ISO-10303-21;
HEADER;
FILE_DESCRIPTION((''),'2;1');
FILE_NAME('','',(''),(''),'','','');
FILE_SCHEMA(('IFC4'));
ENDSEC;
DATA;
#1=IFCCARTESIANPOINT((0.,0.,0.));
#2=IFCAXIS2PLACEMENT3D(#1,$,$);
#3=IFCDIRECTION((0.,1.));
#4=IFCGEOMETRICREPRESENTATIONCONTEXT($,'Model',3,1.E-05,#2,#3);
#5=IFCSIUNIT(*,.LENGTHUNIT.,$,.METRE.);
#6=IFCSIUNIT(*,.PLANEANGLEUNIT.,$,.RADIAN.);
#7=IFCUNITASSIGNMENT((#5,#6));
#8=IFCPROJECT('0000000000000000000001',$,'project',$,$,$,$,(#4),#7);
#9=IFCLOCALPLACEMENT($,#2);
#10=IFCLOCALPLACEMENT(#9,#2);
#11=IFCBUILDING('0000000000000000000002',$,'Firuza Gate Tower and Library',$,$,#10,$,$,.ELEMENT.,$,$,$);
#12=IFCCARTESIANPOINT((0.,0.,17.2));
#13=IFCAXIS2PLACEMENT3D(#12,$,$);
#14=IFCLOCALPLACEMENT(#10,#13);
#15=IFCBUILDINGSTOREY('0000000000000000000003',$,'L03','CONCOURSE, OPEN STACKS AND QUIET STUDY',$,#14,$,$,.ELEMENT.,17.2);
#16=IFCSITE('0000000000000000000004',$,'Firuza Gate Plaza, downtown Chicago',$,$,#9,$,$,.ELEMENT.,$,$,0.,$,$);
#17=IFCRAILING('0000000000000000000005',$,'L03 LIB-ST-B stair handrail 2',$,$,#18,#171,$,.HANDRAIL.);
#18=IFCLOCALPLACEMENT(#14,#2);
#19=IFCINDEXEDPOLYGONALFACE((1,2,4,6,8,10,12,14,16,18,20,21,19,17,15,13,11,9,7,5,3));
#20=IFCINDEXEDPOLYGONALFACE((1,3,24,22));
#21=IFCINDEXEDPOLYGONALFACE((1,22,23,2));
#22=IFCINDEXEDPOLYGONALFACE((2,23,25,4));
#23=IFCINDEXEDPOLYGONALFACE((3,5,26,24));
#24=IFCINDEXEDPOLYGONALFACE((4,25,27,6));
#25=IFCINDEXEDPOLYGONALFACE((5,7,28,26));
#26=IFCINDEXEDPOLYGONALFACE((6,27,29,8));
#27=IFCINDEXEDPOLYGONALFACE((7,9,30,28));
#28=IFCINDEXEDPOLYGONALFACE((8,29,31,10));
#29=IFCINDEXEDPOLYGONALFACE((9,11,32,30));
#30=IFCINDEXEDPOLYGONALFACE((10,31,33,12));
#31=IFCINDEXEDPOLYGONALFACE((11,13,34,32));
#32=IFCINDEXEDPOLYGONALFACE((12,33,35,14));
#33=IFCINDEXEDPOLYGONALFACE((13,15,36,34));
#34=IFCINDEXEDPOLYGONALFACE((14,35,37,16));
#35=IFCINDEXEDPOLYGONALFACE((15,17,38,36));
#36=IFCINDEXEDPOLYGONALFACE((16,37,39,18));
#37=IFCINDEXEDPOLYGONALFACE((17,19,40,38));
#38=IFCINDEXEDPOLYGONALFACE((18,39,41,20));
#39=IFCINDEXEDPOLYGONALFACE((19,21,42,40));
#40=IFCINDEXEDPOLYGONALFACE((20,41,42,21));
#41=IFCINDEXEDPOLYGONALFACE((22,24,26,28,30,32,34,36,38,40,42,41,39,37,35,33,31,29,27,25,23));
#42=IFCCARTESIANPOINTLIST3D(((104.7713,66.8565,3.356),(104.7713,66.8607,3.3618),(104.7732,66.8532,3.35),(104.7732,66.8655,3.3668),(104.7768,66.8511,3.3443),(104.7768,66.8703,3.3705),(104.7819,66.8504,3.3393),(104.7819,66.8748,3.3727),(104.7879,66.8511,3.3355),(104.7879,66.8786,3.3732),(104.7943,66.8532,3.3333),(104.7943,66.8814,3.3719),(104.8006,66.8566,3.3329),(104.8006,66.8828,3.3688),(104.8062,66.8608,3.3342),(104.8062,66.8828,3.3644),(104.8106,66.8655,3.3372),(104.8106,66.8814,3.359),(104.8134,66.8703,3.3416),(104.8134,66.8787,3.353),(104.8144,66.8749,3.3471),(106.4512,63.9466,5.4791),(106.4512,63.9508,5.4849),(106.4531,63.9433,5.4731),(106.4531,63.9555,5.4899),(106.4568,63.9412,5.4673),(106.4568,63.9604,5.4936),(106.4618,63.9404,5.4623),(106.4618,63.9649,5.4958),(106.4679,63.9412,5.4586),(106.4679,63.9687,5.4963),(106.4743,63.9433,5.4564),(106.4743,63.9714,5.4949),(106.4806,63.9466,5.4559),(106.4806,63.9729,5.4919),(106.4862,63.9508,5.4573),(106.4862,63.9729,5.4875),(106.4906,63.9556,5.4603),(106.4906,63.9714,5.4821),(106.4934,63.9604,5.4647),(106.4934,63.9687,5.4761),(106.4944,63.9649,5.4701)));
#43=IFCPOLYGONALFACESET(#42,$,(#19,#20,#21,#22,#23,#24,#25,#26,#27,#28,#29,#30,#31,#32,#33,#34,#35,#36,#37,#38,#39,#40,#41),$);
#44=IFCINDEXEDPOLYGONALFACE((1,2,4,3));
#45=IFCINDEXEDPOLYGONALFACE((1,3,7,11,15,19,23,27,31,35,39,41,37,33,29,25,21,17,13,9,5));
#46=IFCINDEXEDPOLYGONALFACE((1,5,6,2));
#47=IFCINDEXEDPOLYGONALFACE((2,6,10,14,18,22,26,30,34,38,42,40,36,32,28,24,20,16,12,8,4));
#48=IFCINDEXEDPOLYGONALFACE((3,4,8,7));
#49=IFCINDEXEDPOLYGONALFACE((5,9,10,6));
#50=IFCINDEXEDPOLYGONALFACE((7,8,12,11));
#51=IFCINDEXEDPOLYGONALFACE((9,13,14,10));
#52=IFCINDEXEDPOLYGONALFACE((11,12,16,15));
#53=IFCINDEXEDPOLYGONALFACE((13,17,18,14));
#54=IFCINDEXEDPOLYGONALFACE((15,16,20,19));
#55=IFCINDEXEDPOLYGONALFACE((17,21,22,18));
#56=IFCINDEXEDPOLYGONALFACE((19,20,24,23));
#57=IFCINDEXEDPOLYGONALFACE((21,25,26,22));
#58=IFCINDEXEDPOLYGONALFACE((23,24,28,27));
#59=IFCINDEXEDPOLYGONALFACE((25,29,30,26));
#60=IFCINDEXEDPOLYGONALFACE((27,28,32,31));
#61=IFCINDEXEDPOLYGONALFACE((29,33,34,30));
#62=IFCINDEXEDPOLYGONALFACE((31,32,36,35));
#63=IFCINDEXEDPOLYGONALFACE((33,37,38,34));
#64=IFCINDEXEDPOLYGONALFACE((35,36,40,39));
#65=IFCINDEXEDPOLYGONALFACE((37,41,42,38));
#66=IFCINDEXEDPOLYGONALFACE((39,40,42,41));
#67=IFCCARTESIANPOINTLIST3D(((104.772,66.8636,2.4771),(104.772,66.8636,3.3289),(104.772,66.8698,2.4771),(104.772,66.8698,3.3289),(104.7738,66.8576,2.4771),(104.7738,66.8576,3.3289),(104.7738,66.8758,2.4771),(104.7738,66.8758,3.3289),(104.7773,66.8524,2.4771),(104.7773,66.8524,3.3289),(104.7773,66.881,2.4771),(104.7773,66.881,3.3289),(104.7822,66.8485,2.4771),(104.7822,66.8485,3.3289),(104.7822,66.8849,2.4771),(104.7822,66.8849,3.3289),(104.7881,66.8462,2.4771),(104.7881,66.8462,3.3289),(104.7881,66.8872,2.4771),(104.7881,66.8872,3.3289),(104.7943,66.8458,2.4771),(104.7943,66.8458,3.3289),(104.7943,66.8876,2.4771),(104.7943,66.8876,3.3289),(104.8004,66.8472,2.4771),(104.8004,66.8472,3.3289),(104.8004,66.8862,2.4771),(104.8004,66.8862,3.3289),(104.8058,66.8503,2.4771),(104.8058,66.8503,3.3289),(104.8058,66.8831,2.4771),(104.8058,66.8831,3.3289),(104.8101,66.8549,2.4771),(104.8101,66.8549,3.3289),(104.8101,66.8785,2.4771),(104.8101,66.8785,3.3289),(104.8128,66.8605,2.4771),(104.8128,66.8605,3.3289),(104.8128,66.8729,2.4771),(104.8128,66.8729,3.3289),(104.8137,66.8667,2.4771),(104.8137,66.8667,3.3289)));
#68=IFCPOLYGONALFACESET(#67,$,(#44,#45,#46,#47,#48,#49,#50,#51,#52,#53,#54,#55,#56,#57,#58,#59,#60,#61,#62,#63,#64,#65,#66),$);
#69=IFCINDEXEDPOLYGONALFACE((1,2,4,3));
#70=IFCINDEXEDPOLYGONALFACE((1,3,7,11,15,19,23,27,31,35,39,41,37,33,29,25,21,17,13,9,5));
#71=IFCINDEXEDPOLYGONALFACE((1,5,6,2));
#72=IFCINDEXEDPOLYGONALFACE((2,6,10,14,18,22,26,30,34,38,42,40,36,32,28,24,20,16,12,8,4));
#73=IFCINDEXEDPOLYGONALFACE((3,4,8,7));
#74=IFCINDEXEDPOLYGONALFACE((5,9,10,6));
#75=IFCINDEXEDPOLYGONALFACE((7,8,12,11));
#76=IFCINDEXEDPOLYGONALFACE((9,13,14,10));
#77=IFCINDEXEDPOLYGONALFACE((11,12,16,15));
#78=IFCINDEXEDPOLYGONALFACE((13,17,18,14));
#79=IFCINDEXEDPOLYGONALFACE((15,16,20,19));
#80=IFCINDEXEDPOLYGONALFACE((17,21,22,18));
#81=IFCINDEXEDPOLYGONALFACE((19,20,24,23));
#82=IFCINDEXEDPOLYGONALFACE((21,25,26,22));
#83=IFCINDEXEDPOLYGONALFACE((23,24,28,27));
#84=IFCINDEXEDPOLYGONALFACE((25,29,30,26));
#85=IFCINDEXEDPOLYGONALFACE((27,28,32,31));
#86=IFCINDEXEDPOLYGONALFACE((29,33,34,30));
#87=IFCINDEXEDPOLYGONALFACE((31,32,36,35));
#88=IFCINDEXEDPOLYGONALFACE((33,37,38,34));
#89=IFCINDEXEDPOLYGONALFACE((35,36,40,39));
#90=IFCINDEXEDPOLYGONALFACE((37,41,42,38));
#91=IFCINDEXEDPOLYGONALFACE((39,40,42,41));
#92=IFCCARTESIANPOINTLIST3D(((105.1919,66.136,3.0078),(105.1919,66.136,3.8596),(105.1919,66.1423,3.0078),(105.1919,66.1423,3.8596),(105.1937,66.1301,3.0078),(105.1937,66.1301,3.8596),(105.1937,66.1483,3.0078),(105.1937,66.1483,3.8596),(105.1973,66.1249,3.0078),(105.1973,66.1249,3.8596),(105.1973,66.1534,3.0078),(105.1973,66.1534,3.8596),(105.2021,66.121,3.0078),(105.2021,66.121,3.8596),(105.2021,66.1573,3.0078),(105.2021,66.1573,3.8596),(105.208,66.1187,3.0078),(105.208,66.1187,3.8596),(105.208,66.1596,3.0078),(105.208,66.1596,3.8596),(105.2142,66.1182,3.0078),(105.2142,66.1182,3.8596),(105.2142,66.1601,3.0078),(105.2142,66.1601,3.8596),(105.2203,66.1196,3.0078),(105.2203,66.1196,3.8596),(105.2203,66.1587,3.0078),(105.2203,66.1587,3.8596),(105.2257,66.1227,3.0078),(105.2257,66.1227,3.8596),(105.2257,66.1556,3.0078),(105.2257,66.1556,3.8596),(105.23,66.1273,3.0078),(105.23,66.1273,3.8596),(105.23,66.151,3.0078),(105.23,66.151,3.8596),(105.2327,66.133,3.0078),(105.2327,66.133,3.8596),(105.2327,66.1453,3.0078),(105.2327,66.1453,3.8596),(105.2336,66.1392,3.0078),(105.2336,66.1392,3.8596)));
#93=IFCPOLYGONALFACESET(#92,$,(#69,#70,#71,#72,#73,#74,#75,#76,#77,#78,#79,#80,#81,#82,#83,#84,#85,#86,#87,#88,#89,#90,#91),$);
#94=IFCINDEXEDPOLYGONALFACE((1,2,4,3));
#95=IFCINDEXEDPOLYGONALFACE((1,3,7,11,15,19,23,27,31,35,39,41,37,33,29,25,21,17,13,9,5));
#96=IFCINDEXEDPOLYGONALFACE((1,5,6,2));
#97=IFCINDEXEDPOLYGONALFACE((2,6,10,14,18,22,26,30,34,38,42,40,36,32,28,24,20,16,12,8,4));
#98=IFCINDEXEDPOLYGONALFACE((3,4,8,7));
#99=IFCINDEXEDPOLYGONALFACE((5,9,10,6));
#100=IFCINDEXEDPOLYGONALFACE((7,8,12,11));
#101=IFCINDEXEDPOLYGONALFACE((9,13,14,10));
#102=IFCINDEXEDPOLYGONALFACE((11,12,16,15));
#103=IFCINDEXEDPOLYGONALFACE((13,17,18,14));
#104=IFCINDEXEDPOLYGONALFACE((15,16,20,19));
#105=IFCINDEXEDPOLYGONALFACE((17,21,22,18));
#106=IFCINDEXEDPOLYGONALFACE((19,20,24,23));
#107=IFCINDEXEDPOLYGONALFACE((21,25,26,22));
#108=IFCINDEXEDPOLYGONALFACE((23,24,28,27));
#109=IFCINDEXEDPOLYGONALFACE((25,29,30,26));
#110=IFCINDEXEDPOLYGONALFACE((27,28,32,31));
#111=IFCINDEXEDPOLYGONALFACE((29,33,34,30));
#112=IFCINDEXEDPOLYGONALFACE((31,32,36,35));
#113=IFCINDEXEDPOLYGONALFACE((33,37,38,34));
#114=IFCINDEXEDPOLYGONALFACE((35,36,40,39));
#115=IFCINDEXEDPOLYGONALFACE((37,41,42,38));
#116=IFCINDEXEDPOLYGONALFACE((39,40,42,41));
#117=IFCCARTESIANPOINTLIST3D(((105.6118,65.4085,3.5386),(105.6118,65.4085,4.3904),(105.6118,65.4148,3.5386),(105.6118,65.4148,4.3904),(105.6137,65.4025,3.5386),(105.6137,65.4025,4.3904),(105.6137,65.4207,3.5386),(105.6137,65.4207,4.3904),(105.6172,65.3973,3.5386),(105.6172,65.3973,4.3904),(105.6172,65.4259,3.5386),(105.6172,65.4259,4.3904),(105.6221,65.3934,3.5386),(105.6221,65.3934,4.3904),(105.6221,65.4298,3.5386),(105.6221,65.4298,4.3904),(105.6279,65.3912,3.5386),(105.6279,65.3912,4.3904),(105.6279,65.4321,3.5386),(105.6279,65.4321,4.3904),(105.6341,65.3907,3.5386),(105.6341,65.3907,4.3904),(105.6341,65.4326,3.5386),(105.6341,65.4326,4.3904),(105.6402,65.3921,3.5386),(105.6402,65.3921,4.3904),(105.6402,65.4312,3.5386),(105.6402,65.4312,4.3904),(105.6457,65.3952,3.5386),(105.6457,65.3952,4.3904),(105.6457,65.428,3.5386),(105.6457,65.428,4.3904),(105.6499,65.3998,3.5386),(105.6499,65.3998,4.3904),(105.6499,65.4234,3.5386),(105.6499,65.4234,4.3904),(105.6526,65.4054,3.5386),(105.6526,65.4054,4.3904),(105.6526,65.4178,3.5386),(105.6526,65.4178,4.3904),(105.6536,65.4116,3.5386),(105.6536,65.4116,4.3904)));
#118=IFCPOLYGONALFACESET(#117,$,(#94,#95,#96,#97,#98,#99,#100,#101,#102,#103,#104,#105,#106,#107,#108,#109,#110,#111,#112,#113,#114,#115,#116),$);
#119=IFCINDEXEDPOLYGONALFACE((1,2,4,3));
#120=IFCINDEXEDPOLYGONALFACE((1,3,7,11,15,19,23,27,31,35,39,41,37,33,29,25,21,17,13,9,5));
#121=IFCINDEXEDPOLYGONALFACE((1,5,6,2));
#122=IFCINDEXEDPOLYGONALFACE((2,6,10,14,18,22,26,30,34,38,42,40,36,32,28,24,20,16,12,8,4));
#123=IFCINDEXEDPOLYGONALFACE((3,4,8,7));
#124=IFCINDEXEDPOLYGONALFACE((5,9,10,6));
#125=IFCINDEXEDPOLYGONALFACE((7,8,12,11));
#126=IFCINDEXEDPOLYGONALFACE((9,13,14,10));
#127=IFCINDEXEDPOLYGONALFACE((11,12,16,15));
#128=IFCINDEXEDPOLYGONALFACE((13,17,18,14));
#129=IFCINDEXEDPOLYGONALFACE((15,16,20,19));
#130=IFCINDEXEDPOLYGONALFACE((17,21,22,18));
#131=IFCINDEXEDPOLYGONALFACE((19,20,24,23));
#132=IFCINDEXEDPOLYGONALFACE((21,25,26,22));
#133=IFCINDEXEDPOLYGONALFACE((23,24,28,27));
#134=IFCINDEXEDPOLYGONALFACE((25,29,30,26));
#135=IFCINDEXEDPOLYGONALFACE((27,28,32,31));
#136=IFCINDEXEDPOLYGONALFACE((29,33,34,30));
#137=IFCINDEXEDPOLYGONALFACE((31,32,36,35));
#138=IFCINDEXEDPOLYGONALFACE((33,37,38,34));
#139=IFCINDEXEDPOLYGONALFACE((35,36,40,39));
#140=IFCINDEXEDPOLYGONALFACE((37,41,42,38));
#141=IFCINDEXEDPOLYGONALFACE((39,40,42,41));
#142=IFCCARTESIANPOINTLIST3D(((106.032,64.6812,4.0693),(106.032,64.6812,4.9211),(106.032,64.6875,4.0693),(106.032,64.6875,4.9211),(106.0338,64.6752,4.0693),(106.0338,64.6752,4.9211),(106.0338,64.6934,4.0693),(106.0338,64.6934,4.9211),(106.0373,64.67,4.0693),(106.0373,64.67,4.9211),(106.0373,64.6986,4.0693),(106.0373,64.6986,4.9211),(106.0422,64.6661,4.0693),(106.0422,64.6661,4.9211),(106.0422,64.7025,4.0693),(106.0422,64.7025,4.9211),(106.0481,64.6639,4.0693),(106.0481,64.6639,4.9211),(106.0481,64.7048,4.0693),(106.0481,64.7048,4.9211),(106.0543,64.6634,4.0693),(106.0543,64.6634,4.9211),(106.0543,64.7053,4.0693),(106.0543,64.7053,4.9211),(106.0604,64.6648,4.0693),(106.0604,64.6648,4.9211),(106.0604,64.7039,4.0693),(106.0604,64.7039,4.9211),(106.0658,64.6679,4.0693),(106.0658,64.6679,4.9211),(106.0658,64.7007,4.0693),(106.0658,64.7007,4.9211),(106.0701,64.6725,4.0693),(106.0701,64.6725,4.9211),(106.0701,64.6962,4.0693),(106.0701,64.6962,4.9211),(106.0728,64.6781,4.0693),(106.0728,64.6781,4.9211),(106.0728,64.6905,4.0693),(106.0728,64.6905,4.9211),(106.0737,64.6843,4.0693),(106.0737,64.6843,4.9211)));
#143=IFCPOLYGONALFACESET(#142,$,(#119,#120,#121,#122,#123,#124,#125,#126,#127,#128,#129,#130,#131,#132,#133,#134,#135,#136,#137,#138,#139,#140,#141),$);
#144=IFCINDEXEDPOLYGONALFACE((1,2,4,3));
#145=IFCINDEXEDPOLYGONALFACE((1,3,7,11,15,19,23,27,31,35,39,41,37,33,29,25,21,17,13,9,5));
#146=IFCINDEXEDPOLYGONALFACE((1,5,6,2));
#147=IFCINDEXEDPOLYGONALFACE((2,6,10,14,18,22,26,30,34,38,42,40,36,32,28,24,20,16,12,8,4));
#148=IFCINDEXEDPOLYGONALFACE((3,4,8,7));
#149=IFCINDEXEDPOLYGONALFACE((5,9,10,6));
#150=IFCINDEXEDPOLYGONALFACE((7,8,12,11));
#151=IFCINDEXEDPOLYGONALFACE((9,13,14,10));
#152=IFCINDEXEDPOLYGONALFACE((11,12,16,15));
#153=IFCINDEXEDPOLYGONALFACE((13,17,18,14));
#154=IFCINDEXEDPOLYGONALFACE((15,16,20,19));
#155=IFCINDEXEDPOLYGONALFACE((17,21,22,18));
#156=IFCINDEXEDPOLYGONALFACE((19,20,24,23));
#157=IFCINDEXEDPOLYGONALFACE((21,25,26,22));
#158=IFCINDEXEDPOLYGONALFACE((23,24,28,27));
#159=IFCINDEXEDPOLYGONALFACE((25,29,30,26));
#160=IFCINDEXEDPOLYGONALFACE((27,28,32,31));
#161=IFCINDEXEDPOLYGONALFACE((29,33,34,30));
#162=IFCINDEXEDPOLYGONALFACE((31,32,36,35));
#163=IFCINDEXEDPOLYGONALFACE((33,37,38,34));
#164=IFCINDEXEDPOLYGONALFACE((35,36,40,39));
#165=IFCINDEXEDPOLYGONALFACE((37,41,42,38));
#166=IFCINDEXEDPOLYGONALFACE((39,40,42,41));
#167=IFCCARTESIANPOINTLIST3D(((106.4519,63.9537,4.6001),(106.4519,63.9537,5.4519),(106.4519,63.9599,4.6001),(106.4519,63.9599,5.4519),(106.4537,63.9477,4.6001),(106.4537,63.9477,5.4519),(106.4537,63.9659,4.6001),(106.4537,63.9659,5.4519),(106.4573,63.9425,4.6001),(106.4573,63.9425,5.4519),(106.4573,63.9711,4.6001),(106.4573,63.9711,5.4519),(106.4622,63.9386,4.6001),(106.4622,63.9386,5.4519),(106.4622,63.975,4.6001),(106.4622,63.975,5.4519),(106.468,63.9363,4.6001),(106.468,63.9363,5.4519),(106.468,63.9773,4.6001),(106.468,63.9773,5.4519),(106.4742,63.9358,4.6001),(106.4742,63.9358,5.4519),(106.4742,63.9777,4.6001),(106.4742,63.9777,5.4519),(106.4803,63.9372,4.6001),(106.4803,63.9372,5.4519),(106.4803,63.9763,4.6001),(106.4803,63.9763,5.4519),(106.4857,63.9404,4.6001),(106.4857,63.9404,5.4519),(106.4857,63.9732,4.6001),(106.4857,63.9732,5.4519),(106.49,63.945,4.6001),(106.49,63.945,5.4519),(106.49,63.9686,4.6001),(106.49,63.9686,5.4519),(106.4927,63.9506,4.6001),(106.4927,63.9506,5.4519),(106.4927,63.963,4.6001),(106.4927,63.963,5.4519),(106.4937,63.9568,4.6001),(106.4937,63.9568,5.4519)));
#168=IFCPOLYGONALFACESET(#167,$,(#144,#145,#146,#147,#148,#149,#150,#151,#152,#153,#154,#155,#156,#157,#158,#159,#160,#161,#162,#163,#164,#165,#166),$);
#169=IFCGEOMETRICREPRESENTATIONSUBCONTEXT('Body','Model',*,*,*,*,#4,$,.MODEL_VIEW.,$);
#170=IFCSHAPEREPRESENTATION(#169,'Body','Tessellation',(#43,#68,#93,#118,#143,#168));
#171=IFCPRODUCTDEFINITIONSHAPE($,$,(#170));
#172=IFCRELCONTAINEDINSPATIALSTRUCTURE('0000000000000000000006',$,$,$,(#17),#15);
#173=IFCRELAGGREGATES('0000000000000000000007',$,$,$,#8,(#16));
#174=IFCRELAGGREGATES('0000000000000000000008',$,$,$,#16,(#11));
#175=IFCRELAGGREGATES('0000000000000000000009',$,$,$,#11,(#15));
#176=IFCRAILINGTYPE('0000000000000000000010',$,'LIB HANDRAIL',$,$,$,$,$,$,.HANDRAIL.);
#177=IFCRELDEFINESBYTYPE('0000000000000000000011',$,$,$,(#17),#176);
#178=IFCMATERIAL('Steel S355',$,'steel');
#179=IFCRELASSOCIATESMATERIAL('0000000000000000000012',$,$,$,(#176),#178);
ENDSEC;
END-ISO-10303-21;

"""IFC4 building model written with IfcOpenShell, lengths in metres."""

from ifc_helpers import new_model, si_unit, direction, frame, origin, origin_2d, place, context, subcontext, project, spatial, circle, extrude, material, type_object, element, save


model = new_model("IFC4")

# Units and contexts
model_context = context("Model", 3, precision=1e-05, world=origin(), true_north=direction((0.0, 1.0)))
body_context = subcontext(model_context, "Body", "Model", "MODEL_VIEW")
ifc_project = project(units=[si_unit("LENGTHUNIT", "METRE"), si_unit("PLANEANGLEUNIT", "RADIAN")], contexts=[model_context])

# Site, building, storey
site_placement = place(None, origin())
site = spatial("IfcSite", under=ifc_project, at=site_placement, Name="Firuza Gate Plaza, downtown Chicago", CompositionType="ELEMENT", RefElevation=0.0)
building_placement = place(site_placement, origin())
building = spatial("IfcBuilding", under=site, at=building_placement, Name="Firuza Gate Tower and Library", CompositionType="ELEMENT")
storey_placement = place(building_placement, frame((0.0, 0.0, 17.2)))
storey = spatial("IfcBuildingStorey", under=building, at=storey_placement, Name="L03", Description="CONCOURSE, OPEN STACKS AND QUIET STUDY", CompositionType="ELEMENT", Elevation=17.2)

# Railing
ifc_material_1 = material(Name="Steel S355", Category="steel")
railing_type_1 = type_object("IfcRailingType", Name="LIB HANDRAIL", PredefinedType="HANDRAIL", material=ifc_material_1)
railing_1_placement = place(storey_placement, frame((104.7927, 66.8667, 2.4771)))
element("IfcRailing", 1, at=railing_1_placement, inside=storey, type_object=railing_type_1, Name="L03 LIB-ST-B stair handrail 2", PredefinedType="HANDRAIL", context=body_context, shape_type="SweptSolid", body=[
    extrude(circle(Radius=0.0239, at=origin_2d()), frame((0.0, 0.0, 0.876), z_axis=(0.422672, -0.732135, 0.53416), x_axis=(0.866039, 0.499976, 0.0)), (0.0, 0.0, 1.0), 3.9746),
    extrude(circle(Radius=0.021, at=origin_2d()), origin(), (0.0, 0.0, 1.0), 0.8518),
    extrude(circle(Radius=0.021, at=origin_2d()), frame((0.4199, -0.7275, 0.5308)), (0.0, 0.0, 1.0), 0.8518),
    extrude(circle(Radius=0.021, at=origin_2d()), frame((0.8398, -1.4551, 1.0615)), (0.0, 0.0, 1.0), 0.8518),
    extrude(circle(Radius=0.021, at=origin_2d()), frame((1.26, -2.1824, 1.5923)), (0.0, 0.0, 1.0), 0.8518),
    extrude(circle(Radius=0.021, at=origin_2d()), frame((1.6799, -2.9099, 2.123)), (0.0, 0.0, 1.0), 0.8518),
])

save(model, "model.ifc")
